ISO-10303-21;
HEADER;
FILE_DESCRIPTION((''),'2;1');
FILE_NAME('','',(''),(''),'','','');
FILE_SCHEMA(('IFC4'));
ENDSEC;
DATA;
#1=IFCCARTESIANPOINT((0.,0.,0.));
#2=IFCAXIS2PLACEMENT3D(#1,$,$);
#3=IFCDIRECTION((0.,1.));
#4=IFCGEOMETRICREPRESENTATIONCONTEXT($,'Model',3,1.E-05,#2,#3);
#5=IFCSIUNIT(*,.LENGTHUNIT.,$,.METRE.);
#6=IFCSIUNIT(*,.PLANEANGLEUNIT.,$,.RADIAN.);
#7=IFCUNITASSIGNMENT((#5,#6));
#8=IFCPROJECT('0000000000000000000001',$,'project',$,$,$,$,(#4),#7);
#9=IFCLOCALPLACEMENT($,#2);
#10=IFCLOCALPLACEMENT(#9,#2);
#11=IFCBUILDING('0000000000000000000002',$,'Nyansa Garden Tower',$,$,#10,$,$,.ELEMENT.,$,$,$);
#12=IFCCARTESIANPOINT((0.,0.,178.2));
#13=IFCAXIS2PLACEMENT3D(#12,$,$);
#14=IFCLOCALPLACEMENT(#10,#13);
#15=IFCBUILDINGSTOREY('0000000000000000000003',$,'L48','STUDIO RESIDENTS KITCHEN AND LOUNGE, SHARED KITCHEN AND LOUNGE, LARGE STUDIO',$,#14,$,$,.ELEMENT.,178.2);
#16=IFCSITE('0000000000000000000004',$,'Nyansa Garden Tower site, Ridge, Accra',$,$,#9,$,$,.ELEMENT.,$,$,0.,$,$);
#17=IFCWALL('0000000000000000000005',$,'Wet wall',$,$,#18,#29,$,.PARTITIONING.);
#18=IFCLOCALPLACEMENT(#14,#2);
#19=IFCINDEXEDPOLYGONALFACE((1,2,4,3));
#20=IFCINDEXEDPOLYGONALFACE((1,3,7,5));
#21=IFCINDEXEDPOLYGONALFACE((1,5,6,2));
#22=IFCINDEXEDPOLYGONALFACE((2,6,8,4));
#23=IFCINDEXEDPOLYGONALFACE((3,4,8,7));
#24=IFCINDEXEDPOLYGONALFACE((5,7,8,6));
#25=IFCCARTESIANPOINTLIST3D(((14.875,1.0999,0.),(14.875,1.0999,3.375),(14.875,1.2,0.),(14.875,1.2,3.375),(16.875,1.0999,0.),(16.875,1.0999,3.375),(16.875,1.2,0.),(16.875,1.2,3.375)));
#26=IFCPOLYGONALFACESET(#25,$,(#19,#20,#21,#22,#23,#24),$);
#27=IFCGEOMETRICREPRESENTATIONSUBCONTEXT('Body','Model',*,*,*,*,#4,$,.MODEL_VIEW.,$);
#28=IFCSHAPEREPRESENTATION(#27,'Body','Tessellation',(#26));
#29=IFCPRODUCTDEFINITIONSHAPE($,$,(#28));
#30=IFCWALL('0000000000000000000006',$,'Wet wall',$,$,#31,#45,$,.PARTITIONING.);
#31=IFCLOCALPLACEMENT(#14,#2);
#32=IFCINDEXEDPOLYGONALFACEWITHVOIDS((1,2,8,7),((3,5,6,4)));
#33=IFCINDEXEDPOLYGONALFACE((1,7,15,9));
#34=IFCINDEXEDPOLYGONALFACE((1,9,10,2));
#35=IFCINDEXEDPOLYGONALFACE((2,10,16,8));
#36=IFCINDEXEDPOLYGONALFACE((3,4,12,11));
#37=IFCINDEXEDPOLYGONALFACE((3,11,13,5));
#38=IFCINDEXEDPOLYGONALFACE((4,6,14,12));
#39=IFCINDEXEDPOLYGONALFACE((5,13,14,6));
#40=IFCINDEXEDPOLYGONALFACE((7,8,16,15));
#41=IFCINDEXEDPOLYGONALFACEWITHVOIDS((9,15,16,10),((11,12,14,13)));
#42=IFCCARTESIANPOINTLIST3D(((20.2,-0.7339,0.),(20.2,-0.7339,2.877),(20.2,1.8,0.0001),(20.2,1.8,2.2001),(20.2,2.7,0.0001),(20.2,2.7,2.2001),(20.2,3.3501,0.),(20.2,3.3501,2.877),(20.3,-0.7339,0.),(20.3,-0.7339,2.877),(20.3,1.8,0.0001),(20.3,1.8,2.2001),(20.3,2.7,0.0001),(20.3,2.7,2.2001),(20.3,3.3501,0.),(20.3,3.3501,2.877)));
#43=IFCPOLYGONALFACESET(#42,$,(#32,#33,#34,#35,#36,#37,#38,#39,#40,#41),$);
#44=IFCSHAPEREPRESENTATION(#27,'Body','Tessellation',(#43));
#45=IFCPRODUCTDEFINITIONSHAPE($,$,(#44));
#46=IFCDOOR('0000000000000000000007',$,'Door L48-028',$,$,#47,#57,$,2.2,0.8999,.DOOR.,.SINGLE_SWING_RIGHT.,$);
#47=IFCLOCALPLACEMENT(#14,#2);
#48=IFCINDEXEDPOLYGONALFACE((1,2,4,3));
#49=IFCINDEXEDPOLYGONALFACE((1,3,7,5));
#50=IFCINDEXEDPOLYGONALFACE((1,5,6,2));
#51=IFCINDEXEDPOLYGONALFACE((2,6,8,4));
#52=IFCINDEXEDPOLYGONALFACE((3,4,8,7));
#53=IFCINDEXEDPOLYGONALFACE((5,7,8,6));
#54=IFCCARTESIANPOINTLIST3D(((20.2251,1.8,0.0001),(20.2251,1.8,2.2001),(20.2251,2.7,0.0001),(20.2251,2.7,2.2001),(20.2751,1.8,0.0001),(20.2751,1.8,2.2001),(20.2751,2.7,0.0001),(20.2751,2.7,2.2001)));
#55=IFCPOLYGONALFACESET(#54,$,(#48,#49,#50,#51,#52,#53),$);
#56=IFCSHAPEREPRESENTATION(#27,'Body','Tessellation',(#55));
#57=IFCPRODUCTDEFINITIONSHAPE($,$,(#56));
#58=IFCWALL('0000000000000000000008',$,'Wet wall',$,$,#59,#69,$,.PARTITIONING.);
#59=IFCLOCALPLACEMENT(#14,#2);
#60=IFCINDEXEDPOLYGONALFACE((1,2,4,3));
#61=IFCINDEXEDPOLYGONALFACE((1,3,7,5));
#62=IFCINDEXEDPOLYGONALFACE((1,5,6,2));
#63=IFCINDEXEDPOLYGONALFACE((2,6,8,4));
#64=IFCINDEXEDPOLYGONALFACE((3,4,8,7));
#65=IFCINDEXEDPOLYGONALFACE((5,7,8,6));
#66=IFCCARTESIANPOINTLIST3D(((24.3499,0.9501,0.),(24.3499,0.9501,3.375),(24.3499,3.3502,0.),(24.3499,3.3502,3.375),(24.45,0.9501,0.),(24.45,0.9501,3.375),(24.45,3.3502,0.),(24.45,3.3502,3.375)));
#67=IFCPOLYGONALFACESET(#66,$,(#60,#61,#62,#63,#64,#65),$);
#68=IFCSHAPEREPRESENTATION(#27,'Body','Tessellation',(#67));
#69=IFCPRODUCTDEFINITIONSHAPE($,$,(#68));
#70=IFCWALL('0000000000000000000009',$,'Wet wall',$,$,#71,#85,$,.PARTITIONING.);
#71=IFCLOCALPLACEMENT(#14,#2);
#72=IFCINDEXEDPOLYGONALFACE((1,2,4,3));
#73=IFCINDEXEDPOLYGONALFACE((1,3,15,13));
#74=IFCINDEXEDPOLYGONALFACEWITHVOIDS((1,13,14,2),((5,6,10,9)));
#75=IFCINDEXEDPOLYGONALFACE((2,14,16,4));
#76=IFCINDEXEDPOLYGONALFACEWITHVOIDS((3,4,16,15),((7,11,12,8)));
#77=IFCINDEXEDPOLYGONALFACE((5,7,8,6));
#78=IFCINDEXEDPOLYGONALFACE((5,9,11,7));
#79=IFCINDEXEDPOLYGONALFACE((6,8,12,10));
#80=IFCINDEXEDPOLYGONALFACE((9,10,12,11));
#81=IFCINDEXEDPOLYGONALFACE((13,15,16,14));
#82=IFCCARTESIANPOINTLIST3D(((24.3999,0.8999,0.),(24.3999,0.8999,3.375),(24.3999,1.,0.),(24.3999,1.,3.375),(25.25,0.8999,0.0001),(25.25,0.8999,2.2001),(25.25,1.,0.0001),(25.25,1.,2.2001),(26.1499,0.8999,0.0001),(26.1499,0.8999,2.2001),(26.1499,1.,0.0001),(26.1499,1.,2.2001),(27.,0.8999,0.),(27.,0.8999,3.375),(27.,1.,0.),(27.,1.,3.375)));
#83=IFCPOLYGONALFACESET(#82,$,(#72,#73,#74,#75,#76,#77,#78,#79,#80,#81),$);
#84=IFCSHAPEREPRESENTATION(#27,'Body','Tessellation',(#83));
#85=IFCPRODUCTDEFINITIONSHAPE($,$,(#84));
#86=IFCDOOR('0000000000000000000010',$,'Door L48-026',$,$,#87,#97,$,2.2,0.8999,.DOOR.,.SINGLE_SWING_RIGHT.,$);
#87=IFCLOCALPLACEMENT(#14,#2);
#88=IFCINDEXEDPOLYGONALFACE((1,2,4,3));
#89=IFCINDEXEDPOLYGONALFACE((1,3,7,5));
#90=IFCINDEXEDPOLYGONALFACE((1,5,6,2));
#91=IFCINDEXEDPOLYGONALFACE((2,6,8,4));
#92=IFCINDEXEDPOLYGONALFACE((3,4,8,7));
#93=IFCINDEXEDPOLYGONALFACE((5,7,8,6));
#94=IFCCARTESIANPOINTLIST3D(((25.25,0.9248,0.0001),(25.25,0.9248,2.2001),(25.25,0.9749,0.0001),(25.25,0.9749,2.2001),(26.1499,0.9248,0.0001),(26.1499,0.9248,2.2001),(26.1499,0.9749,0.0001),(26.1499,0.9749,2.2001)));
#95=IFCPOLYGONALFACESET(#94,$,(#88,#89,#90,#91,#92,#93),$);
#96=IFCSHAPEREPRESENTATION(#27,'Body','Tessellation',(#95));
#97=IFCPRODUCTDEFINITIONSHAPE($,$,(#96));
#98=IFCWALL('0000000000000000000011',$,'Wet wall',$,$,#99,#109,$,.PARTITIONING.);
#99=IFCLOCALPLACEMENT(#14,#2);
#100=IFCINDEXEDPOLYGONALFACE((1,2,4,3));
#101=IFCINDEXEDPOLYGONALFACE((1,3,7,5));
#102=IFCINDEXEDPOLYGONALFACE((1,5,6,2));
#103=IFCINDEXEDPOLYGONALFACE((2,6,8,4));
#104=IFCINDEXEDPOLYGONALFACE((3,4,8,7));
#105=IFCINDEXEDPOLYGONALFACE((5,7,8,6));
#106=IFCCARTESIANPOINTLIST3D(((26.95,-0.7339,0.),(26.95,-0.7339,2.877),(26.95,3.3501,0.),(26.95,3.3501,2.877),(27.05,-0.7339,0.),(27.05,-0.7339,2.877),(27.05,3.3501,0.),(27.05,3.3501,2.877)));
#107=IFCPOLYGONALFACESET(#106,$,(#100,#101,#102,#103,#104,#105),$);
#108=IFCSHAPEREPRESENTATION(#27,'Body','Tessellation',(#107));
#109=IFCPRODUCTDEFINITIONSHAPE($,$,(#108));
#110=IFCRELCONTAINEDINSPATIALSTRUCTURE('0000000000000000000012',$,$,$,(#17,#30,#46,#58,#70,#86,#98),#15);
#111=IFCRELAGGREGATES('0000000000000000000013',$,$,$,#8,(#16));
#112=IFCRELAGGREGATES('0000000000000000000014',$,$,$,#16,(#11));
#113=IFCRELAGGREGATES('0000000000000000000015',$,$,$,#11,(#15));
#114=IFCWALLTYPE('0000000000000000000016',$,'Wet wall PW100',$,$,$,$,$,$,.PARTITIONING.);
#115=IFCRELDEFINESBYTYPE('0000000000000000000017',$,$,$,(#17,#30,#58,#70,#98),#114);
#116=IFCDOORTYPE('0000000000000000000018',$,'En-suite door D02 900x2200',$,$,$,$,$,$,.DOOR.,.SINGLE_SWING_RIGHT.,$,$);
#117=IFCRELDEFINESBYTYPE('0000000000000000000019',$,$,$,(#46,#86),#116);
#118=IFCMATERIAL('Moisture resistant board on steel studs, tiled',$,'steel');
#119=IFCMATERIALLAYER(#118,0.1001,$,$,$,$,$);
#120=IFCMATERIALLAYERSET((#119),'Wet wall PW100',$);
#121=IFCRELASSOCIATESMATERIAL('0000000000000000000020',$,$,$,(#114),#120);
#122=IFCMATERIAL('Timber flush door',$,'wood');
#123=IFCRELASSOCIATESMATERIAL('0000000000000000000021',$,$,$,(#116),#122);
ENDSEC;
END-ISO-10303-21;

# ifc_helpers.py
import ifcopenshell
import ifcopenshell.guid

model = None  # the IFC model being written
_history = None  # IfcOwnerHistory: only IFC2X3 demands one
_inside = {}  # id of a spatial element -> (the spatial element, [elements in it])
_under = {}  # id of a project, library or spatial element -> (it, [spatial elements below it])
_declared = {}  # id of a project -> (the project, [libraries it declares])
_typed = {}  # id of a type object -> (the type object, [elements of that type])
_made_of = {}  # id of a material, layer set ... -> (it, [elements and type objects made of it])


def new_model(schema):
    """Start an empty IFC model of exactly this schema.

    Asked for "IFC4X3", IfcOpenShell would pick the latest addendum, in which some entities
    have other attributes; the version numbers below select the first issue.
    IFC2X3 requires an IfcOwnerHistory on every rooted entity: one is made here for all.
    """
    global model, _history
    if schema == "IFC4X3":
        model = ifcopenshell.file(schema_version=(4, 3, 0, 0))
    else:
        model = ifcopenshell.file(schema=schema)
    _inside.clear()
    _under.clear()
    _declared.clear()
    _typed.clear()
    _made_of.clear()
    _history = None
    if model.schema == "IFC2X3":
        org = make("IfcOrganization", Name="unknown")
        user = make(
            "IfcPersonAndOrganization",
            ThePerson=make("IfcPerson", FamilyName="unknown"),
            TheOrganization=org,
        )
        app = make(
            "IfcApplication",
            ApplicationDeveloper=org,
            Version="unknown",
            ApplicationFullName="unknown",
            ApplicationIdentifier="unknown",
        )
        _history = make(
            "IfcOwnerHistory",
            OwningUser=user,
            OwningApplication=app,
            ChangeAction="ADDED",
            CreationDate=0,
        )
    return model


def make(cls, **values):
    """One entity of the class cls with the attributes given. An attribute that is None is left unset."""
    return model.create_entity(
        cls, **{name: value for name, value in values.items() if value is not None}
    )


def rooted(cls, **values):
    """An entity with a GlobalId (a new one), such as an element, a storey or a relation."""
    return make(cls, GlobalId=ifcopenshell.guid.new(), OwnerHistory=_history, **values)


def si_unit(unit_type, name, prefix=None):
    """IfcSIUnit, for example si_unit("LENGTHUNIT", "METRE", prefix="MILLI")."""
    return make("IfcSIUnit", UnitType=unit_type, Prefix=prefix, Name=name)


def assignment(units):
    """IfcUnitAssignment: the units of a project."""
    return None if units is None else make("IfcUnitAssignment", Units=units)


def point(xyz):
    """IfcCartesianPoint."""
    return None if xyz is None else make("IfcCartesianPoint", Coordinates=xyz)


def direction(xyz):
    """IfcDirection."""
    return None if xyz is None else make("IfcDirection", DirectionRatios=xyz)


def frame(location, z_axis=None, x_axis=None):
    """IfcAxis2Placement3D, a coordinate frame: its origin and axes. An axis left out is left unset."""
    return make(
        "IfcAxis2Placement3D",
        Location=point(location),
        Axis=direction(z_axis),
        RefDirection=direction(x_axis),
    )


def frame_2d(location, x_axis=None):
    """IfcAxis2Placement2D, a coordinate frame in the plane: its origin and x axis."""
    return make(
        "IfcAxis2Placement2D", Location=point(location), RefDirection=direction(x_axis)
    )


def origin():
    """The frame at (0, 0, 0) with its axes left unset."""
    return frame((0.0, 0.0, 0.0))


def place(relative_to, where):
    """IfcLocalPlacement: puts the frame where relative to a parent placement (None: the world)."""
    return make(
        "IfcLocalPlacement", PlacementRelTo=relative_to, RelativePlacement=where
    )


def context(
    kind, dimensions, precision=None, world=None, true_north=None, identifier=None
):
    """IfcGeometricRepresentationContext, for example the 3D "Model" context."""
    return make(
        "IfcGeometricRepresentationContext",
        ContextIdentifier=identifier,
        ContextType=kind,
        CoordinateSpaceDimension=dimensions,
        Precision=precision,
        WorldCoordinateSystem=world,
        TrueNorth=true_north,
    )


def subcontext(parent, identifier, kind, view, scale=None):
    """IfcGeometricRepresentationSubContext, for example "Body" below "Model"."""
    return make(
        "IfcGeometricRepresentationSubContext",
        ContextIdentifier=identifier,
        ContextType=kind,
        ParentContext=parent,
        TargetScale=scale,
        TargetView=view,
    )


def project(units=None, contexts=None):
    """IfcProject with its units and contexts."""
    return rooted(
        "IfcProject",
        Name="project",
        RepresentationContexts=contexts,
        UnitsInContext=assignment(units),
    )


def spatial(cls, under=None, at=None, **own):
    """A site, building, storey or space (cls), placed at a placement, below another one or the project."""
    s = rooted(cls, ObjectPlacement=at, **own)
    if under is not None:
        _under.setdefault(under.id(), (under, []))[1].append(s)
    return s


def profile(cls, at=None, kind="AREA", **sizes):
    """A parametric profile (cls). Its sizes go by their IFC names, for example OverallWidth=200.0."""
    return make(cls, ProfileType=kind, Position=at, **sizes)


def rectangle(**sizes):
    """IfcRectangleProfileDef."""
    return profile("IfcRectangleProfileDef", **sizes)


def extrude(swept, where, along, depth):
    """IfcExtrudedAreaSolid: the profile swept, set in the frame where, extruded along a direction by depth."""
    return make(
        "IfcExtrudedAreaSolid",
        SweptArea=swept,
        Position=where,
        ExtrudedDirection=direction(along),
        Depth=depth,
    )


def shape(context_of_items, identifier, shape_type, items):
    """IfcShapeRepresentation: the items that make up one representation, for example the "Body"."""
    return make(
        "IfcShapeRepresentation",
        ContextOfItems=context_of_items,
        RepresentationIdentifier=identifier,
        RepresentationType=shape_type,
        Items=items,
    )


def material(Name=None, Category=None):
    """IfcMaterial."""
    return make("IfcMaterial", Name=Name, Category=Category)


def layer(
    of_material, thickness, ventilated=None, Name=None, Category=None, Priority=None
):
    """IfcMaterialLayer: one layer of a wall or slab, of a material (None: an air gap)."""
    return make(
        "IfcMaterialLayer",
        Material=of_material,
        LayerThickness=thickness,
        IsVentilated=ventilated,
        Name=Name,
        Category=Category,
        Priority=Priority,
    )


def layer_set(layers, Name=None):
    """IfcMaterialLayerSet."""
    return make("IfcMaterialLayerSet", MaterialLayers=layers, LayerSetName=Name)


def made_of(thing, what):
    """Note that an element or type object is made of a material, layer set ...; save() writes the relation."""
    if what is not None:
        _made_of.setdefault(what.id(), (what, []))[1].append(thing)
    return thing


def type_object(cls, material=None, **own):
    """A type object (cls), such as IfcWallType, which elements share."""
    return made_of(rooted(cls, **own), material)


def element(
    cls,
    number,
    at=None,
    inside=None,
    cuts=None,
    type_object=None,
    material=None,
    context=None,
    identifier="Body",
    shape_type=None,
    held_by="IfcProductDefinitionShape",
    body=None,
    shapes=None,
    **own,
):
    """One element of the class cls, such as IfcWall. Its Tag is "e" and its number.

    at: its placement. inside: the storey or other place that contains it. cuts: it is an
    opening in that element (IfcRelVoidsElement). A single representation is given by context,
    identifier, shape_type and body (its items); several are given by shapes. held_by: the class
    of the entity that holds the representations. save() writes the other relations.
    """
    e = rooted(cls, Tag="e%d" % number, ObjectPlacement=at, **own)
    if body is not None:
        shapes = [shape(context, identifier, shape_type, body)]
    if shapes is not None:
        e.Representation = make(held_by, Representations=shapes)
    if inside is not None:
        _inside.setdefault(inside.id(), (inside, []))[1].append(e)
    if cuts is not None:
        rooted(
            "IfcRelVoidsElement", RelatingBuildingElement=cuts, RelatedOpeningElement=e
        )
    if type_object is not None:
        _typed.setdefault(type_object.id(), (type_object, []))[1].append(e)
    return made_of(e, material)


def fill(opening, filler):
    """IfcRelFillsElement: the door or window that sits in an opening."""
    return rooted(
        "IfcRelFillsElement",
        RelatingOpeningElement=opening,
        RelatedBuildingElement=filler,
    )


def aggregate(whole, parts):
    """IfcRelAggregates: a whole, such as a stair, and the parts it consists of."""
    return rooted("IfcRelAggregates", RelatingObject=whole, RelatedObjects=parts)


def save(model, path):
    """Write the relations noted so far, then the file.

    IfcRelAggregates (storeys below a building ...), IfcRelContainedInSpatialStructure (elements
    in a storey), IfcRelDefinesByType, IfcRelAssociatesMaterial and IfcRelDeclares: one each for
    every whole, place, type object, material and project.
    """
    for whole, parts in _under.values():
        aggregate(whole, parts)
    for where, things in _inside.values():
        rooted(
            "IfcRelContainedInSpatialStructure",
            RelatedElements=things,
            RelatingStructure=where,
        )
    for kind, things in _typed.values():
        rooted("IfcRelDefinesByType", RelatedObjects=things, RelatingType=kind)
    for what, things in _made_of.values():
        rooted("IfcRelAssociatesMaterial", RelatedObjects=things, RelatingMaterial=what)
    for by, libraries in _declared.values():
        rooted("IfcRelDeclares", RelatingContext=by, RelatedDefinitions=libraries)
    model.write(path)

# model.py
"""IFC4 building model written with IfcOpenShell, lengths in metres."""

from ifc_helpers import new_model, si_unit, direction, frame, frame_2d, origin, place, context, subcontext, project, spatial, rectangle, extrude, material, layer, layer_set, type_object, element, fill, save


model = new_model("IFC4")

# Units and contexts
model_context = context("Model", 3, precision=1e-05, world=origin(), true_north=direction((0.0, 1.0)))
body_context = subcontext(model_context, "Body", "Model", "MODEL_VIEW")
ifc_project = project(units=[si_unit("LENGTHUNIT", "METRE"), si_unit("PLANEANGLEUNIT", "RADIAN")], contexts=[model_context])

# Site, building, storey
site_placement = place(None, origin())
site = spatial("IfcSite", under=ifc_project, at=site_placement, Name="Nyansa Garden Tower site, Ridge, Accra", CompositionType="ELEMENT", RefElevation=0.0)
building_placement = place(site_placement, origin())
building = spatial("IfcBuilding", under=site, at=building_placement, Name="Nyansa Garden Tower", CompositionType="ELEMENT")
storey_placement = place(building_placement, frame((0.0, 0.0, 178.2)))
storey = spatial("IfcBuildingStorey", under=building, at=storey_placement, Name="L48", Description="STUDIO RESIDENTS KITCHEN AND LOUNGE, SHARED KITCHEN AND LOUNGE, LARGE STUDIO", CompositionType="ELEMENT", Elevation=178.2)

# Shared definitions
ifc_material_1 = material(Name="Moisture resistant board on steel studs, tiled", Category="steel")
ifc_layer_1 = layer(ifc_material_1, 0.1001)
ifc_layer_set_1 = layer_set([ifc_layer_1], Name="Wet wall PW100")
wall_type_1 = type_object("IfcWallType", Name="Wet wall PW100", PredefinedType="PARTITIONING", material=ifc_layer_set_1)
ifc_material_2 = material(Name="Timber flush door", Category="wood")
door_type_1 = type_object("IfcDoorType", Name="En-suite door D02 900x2200", OperationType="SINGLE_SWING_RIGHT", PredefinedType="DOOR", material=ifc_material_2)

# Wall
wall_1_placement = place(storey_placement, frame((14.875, 1.1499, 0.0), z_axis=(0.0, 0.0, 1.0), x_axis=(1.0, 0.0, 0.0)))
element("IfcWall", 1, at=wall_1_placement, inside=storey, type_object=wall_type_1, Name="Wet wall", PredefinedType="PARTITIONING", context=body_context, shape_type="SweptSolid", body=[
    extrude(rectangle(XDim=2.0, YDim=0.1001, at=frame_2d((1.0, 0.0))), origin(), (0.0, 0.0, 1.0), 3.375),
])

# Wall, opening, door
wall_2_placement = place(storey_placement, frame((20.25, -0.7339, 0.0), z_axis=(0.0, 0.0, 1.0), x_axis=(0.0, 1.0, 0.0)))
wall_2 = element("IfcWall", 2, at=wall_2_placement, inside=storey, type_object=wall_type_1, Name="Wet wall", PredefinedType="PARTITIONING", context=body_context, shape_type="SweptSolid", body=[
    extrude(rectangle(XDim=4.084, YDim=0.1001, at=frame_2d((2.042, 0.0))), origin(), (0.0, 0.0, 1.0), 2.877),
])
opening_1_placement = place(wall_2_placement, frame((2.5339, 0.0, 0.0)))
opening_1 = element("IfcOpeningElement", 3, at=opening_1_placement, cuts=wall_2, PredefinedType="OPENING", context=body_context, shape_type="SweptSolid", body=[
    extrude(rectangle(XDim=0.8999, YDim=2.2, at=frame_2d((0.45, 1.1001))), frame((0.0, 0.0601, 0.0), z_axis=(0.0, -1.0, 0.0), x_axis=(1.0, 0.0, 0.0)), (0.0, 0.0, 1.0), 0.1201),
])
door_1_placement = place(opening_1_placement, origin())
door_1 = element("IfcDoor", 4, at=door_1_placement, inside=storey, type_object=door_type_1, Name="Door L48-028", OperationType="SINGLE_SWING_RIGHT", OverallHeight=2.2, OverallWidth=0.8999, PredefinedType="DOOR", context=body_context, shape_type="SweptSolid", body=[
    extrude(rectangle(XDim=0.8999, YDim=2.2, at=frame_2d((0.45, 1.1001))), frame((0.0, 0.0249, 0.0), z_axis=(0.0, -1.0, 0.0), x_axis=(1.0, 0.0, 0.0)), (0.0, 0.0, 1.0), 0.05),
])
fill(opening_1, door_1)

# Wall
wall_3_placement = place(storey_placement, frame((24.3999, 0.95, 0.0), z_axis=(0.0, 0.0, 1.0), x_axis=(0.0, 1.0, 0.0)))
element("IfcWall", 5, at=wall_3_placement, inside=storey, type_object=wall_type_1, Name="Wet wall", PredefinedType="PARTITIONING", context=body_context, shape_type="SweptSolid", body=[
    extrude(rectangle(XDim=2.4001, YDim=0.1001, at=frame_2d((1.2002, 0.0))), origin(), (0.0, 0.0, 1.0), 3.375),
])

# Wall, opening, door
wall_4_placement = place(storey_placement, frame((24.3999, 0.95, 0.0), z_axis=(0.0, 0.0, 1.0), x_axis=(1.0, 0.0, 0.0)))
wall_4 = element("IfcWall", 6, at=wall_4_placement, inside=storey, type_object=wall_type_1, Name="Wet wall", PredefinedType="PARTITIONING", context=body_context, shape_type="SweptSolid", body=[
    extrude(rectangle(XDim=2.6001, YDim=0.1001, at=frame_2d((1.3, 0.0))), origin(), (0.0, 0.0, 1.0), 3.375),
])
opening_2_placement = place(wall_4_placement, frame((0.8501, 0.0, 0.0)))
opening_2 = element("IfcOpeningElement", 7, at=opening_2_placement, cuts=wall_4, PredefinedType="OPENING", context=body_context, shape_type="SweptSolid", body=[
    extrude(rectangle(XDim=0.8999, YDim=2.2, at=frame_2d((0.45, 1.1001))), frame((0.0, 0.0601, 0.0), z_axis=(0.0, -1.0, 0.0), x_axis=(1.0, 0.0, 0.0)), (0.0, 0.0, 1.0), 0.1201),
])
door_2_placement = place(opening_2_placement, origin())
door_2 = element("IfcDoor", 8, at=door_2_placement, inside=storey, type_object=door_type_1, Name="Door L48-026", OperationType="SINGLE_SWING_RIGHT", OverallHeight=2.2, OverallWidth=0.8999, PredefinedType="DOOR", context=body_context, shape_type="SweptSolid", body=[
    extrude(rectangle(XDim=0.8999, YDim=2.2, at=frame_2d((0.45, 1.1001))), frame((0.0, 0.0249, 0.0), z_axis=(0.0, -1.0, 0.0), x_axis=(1.0, 0.0, 0.0)), (0.0, 0.0, 1.0), 0.05),
])
fill(opening_2, door_2)

# Wall
wall_5_placement = place(storey_placement, frame((27.0, -0.7339, 0.0), z_axis=(0.0, 0.0, 1.0), x_axis=(0.0, 1.0, 0.0)))
element("IfcWall", 9, at=wall_5_placement, inside=storey, type_object=wall_type_1, Name="Wet wall", PredefinedType="PARTITIONING", context=body_context, shape_type="SweptSolid", body=[
    extrude(rectangle(XDim=4.084, YDim=0.1001, at=frame_2d((2.042, 0.0))), origin(), (0.0, 0.0, 1.0), 2.877),
])

save(model, "model.ifc")
